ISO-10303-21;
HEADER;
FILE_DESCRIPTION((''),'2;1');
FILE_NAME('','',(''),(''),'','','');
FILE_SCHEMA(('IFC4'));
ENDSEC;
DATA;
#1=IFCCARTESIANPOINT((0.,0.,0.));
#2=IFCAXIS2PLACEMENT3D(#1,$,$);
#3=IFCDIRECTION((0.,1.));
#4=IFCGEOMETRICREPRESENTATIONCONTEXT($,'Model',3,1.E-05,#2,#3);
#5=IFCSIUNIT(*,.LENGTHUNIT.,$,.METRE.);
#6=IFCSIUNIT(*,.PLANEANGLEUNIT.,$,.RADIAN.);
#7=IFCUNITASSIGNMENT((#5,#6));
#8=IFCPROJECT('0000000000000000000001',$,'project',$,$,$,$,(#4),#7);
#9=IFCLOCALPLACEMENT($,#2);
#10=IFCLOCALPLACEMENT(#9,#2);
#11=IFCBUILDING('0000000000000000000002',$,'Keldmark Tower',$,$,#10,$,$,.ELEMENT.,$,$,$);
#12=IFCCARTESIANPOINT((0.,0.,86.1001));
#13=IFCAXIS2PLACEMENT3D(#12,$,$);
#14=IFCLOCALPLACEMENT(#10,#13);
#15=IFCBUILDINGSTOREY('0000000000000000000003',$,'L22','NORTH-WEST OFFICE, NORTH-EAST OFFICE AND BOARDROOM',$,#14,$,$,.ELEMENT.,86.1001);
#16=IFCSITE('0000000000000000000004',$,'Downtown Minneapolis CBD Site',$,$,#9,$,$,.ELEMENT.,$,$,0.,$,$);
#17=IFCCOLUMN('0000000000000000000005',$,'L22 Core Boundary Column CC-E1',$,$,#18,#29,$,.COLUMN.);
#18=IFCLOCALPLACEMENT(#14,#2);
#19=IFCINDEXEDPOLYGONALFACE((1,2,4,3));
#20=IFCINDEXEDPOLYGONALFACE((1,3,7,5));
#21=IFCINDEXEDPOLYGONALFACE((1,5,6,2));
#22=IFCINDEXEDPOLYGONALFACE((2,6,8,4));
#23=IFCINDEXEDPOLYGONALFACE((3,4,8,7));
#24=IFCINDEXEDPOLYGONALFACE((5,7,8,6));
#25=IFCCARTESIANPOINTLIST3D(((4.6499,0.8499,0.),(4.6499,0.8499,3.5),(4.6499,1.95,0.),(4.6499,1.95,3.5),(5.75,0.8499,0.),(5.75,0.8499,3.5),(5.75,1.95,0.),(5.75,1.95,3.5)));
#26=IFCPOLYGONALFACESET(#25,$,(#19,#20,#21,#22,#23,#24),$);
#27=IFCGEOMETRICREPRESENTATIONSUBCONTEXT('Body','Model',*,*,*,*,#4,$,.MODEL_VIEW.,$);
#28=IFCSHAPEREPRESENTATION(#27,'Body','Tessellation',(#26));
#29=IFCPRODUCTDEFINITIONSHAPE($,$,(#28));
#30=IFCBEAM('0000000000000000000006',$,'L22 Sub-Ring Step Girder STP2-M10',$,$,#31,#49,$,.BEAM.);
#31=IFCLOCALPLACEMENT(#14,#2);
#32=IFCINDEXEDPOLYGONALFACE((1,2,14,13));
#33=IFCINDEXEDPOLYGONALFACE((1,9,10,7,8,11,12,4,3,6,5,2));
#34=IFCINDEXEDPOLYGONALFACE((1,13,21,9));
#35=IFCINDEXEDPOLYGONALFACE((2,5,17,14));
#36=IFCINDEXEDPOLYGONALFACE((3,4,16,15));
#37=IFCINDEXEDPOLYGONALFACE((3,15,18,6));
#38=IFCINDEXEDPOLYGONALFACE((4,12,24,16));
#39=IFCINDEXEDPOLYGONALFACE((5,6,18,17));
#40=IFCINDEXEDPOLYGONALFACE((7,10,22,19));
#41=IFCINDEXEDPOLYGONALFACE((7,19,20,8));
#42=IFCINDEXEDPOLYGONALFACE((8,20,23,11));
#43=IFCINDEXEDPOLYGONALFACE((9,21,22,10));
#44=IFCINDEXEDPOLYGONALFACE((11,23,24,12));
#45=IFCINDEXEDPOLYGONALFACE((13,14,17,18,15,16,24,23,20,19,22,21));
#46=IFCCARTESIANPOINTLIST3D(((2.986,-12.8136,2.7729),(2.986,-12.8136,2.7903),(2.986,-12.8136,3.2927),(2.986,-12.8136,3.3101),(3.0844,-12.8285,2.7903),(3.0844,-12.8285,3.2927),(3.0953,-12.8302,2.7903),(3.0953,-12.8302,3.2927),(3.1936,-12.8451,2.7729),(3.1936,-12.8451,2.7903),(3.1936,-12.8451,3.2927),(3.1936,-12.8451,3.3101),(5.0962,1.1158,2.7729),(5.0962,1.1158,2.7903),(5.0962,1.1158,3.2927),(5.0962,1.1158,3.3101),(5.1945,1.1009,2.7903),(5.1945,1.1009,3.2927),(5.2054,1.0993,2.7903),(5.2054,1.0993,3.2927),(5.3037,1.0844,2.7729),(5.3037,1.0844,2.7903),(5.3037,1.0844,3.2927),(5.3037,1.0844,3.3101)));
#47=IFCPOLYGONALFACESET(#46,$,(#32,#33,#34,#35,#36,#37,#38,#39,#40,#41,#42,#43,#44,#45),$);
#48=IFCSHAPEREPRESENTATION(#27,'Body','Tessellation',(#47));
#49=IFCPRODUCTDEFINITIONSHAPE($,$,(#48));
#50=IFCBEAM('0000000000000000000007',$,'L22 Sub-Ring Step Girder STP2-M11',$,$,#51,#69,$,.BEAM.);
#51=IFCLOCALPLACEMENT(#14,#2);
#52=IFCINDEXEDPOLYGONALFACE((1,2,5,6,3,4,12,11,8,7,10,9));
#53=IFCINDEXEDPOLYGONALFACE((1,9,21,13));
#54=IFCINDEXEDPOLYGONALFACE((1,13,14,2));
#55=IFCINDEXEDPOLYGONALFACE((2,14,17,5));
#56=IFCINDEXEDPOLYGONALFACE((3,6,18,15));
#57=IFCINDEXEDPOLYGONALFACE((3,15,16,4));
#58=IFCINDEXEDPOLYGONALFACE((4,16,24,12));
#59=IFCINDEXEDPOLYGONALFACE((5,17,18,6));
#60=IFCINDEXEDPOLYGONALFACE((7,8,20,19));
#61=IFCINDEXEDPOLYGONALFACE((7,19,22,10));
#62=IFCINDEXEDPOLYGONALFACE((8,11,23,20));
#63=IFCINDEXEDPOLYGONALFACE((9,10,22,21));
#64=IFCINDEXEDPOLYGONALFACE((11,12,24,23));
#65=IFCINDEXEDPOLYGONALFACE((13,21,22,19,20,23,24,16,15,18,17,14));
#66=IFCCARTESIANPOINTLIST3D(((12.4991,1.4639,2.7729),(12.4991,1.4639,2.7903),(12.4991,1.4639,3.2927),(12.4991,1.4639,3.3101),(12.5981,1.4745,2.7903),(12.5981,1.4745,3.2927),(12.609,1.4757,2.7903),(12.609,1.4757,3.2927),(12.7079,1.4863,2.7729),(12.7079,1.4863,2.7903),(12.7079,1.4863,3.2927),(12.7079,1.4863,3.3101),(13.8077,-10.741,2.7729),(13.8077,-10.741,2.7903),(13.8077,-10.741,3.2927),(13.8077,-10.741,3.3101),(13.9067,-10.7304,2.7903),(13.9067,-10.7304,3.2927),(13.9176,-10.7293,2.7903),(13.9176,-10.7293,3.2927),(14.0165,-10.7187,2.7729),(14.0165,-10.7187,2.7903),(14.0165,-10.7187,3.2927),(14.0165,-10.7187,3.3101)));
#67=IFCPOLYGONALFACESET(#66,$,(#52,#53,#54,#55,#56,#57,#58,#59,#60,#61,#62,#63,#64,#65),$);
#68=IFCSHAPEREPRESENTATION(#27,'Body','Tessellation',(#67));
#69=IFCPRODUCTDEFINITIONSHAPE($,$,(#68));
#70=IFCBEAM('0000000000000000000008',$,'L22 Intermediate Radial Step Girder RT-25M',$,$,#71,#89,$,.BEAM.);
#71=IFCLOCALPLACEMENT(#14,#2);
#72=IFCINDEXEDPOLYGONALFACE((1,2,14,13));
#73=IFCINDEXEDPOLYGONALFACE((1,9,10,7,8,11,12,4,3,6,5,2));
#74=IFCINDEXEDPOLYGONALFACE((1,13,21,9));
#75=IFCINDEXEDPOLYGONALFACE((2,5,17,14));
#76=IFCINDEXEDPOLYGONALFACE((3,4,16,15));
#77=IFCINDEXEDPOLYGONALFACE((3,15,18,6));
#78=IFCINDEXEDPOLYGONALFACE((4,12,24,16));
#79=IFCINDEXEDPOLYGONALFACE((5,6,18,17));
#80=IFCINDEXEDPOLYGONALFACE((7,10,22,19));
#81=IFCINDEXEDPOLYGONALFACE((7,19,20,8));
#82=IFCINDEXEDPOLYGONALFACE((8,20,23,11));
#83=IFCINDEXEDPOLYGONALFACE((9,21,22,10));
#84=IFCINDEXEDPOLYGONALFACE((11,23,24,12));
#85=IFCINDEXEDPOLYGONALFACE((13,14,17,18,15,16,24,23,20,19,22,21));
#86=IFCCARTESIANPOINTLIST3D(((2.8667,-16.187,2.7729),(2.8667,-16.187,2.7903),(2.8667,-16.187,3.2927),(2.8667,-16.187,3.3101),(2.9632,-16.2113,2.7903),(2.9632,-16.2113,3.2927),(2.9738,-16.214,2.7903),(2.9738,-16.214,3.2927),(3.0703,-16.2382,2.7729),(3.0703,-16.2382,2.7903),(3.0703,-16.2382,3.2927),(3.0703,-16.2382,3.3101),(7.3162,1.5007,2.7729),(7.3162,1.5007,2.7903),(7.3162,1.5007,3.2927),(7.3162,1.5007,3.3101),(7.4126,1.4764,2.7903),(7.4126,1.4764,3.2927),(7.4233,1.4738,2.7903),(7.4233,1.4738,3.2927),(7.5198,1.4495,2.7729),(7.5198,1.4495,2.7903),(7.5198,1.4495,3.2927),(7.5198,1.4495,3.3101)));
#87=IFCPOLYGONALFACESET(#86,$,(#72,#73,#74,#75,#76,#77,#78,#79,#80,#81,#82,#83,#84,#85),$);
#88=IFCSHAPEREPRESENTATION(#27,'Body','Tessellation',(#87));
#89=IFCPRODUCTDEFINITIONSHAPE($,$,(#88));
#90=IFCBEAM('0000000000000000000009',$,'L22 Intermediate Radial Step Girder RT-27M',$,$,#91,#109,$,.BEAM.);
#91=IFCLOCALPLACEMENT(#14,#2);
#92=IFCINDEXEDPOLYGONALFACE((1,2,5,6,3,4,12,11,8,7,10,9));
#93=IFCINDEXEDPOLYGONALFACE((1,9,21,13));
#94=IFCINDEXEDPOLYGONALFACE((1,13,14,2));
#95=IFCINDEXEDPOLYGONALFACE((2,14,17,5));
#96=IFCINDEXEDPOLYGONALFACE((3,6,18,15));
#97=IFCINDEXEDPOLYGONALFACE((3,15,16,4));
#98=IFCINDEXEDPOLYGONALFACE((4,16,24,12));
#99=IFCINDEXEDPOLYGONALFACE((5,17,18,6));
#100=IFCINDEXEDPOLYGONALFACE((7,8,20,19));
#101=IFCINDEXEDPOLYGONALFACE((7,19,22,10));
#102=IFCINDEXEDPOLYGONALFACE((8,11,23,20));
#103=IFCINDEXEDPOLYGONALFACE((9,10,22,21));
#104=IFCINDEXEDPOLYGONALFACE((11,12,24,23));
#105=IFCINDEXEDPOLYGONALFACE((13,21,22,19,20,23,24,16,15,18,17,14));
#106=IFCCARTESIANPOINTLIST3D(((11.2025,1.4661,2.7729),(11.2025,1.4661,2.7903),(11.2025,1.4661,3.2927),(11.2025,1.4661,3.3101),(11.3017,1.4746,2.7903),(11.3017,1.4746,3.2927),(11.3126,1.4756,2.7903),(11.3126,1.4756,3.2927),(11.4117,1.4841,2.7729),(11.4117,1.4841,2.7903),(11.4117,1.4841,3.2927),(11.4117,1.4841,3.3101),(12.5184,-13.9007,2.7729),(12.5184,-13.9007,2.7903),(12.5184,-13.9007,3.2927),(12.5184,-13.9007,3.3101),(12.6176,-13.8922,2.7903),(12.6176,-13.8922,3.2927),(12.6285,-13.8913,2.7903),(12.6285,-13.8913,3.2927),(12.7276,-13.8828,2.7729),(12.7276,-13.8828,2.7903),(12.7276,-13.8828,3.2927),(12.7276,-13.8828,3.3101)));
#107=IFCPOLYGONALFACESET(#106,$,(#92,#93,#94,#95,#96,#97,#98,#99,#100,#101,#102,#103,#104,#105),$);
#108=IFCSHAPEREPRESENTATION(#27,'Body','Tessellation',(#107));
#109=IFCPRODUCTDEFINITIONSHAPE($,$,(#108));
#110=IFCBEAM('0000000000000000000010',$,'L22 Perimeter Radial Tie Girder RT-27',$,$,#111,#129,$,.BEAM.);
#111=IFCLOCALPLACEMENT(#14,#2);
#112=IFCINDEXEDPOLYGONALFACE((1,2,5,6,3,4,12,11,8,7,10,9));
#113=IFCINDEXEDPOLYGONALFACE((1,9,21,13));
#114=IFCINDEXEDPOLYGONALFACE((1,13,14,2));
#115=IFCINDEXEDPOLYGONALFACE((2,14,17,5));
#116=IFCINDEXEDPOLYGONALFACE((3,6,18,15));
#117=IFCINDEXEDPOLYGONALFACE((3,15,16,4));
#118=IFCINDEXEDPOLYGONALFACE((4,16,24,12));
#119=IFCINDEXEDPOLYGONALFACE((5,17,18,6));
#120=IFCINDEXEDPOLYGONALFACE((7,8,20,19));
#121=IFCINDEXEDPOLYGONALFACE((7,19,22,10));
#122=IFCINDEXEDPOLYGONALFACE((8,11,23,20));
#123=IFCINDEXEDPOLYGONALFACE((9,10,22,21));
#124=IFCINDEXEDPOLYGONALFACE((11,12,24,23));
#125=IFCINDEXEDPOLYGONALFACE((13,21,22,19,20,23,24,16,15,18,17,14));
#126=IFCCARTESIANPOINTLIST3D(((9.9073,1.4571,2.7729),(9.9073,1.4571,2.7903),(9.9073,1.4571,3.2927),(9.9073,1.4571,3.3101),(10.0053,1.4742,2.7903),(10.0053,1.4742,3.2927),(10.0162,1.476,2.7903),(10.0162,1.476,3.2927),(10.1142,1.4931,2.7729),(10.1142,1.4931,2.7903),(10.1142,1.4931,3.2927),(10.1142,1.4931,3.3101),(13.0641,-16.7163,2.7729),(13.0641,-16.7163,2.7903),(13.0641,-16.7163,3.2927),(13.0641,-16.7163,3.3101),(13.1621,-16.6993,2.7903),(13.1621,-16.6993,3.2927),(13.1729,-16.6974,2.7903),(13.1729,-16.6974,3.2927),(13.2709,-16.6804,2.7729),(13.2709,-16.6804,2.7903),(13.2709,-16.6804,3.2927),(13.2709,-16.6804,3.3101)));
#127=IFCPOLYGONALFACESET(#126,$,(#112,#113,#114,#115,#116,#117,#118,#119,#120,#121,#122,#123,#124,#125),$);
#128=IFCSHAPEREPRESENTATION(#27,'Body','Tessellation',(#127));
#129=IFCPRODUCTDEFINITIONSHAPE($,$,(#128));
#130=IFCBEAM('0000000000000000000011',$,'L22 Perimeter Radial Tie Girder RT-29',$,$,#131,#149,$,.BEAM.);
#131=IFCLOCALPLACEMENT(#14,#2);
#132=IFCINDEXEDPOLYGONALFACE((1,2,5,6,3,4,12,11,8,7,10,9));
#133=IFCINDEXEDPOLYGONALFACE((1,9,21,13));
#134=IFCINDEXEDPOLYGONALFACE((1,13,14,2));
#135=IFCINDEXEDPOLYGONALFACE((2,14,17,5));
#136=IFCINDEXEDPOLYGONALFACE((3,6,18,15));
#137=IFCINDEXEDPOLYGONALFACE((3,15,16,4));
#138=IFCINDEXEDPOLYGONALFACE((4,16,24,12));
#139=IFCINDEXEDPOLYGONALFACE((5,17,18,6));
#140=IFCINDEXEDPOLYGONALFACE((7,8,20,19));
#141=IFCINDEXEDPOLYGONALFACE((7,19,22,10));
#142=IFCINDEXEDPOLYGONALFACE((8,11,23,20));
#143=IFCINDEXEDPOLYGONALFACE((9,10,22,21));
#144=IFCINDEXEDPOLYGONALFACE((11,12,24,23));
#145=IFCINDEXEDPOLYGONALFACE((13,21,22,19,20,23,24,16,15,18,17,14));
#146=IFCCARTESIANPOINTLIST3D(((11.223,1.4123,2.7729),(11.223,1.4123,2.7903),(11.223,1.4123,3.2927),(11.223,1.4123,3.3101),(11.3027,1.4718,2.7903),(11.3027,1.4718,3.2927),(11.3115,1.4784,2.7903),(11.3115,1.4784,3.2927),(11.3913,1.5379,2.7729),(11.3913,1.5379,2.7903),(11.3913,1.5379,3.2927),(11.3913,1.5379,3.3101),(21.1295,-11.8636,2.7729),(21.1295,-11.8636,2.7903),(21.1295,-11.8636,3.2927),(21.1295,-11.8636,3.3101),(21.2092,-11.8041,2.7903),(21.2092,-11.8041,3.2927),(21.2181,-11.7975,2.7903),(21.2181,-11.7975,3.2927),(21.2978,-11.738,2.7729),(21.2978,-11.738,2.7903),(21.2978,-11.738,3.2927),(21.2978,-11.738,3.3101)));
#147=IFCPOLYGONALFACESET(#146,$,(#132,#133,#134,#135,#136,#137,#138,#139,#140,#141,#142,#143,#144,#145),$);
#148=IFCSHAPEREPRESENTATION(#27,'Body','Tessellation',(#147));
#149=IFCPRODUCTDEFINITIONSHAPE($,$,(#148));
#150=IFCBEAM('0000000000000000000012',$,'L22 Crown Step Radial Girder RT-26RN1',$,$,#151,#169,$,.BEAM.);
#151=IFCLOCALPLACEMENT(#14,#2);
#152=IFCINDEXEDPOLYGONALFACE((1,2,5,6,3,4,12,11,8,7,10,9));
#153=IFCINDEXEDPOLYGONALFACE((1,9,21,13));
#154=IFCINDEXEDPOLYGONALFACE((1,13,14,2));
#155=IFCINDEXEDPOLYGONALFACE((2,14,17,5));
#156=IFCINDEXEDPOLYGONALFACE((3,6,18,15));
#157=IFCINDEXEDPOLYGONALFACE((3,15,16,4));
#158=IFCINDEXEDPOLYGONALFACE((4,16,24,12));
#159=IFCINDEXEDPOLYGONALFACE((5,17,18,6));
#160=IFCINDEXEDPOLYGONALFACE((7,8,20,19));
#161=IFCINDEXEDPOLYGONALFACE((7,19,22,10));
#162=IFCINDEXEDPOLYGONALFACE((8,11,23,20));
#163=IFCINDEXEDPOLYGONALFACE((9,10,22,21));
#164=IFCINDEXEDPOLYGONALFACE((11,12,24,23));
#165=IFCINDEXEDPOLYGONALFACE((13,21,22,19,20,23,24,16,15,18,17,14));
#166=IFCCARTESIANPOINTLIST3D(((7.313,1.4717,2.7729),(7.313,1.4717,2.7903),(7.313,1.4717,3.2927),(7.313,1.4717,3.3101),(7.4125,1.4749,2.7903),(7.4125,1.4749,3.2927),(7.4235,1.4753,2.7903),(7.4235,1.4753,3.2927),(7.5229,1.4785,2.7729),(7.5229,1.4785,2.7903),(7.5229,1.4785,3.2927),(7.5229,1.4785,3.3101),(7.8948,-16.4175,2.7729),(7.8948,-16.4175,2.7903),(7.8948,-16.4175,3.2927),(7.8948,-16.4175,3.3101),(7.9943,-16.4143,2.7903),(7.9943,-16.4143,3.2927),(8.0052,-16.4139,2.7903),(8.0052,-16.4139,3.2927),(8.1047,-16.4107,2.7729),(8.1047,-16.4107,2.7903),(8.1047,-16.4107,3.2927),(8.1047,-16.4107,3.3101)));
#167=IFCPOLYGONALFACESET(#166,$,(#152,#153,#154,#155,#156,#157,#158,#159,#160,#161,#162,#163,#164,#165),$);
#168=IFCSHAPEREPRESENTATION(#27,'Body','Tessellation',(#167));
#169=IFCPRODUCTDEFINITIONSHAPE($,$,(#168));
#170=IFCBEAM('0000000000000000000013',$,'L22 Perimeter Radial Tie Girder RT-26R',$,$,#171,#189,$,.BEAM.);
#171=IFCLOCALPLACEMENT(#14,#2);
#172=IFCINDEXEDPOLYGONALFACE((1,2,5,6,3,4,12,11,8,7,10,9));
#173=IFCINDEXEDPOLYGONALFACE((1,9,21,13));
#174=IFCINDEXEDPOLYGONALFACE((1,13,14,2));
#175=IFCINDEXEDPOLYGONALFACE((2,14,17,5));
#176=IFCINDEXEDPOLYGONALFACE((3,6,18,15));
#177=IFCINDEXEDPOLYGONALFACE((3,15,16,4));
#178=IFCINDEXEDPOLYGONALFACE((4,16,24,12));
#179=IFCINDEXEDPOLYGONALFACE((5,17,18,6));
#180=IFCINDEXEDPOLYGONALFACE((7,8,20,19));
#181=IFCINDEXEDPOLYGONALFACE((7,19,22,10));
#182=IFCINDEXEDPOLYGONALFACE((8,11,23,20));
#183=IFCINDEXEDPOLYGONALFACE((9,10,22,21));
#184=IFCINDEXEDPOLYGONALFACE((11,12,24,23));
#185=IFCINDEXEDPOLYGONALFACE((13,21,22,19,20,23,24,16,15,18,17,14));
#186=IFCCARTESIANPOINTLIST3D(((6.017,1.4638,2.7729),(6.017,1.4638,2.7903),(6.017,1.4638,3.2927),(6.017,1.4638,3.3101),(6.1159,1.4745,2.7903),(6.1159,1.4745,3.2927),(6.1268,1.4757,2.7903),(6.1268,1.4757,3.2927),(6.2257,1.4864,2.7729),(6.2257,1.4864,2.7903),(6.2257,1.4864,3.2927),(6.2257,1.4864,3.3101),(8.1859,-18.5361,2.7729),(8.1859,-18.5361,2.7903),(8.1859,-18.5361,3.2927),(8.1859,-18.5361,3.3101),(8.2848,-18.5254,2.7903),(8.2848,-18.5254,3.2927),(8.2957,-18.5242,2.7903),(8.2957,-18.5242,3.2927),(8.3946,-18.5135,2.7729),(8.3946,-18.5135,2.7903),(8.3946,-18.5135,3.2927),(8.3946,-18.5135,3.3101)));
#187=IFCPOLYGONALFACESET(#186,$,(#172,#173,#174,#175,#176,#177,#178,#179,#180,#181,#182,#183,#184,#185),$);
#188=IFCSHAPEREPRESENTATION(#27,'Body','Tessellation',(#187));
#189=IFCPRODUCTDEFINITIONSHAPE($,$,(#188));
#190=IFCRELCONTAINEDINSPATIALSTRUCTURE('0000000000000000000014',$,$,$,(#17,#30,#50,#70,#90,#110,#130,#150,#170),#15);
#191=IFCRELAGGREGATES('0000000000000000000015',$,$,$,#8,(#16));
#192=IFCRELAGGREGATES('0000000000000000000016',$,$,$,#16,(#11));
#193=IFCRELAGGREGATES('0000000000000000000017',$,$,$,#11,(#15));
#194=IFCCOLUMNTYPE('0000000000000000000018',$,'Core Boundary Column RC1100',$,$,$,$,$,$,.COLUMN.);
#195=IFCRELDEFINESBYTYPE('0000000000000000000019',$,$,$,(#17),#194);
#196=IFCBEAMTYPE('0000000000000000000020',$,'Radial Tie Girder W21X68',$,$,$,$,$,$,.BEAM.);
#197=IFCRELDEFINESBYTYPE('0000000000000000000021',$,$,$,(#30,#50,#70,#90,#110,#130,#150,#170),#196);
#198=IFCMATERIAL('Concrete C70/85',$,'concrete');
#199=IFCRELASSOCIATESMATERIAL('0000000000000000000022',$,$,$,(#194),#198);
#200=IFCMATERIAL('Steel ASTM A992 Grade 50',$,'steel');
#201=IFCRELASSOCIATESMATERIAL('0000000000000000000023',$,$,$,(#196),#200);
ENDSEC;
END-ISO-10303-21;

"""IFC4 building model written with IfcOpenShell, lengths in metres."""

from ifc_helpers import new_model, si_unit, direction, frame, origin, origin_2d, place, context, subcontext, project, spatial, rectangle, i_section, extrude, material, material_profile, profile_set, type_object, element, save


model = new_model("IFC4")

# Units and contexts
model_context = context("Model", 3, precision=1e-05, world=origin(), true_north=direction((0.0, 1.0)))
body_context = subcontext(model_context, "Body", "Model", "MODEL_VIEW")
ifc_project = project(units=[si_unit("LENGTHUNIT", "METRE"), si_unit("PLANEANGLEUNIT", "RADIAN")], contexts=[model_context])

# Site, building, storey
site_placement = place(None, origin())
site = spatial("IfcSite", under=ifc_project, at=site_placement, Name="Downtown Minneapolis CBD Site", CompositionType="ELEMENT", RefElevation=0.0)
building_placement = place(site_placement, origin())
building = spatial("IfcBuilding", under=site, at=building_placement, Name="Keldmark Tower", CompositionType="ELEMENT")
storey_placement = place(building_placement, frame((0.0, 0.0, 86.1001)))
storey = spatial("IfcBuildingStorey", under=building, at=storey_placement, Name="L22", Description="NORTH-WEST OFFICE, NORTH-EAST OFFICE AND BOARDROOM", CompositionType="ELEMENT", Elevation=86.1001)

# Column
ifc_material_1 = material(Name="Concrete C70/85", Category="concrete")
ifc_material_profile_1 = material_profile(ifc_material_1, rectangle(XDim=1.1001, YDim=1.1001, at=origin_2d()), Name="RC1100X1100")
ifc_profile_set_1 = profile_set([ifc_material_profile_1], Name="Concrete C70/85")
column_type = type_object("IfcColumnType", Name="Core Boundary Column RC1100", PredefinedType="COLUMN", material=ifc_profile_set_1)
column_placement = place(storey_placement, frame((5.2, 1.3999, 0.0), z_axis=(0.0, 0.0, 1.0), x_axis=(1.0, 0.0, 0.0)))
element("IfcColumn", 1, at=column_placement, inside=storey, type_object=column_type, Name="L22 Core Boundary Column CC-E1", PredefinedType="COLUMN", context=body_context, shape_type="SweptSolid", body=[
    extrude(rectangle(XDim=1.1001, YDim=1.1001, at=origin_2d()), origin(), (0.0, 0.0, 1.0), 3.5),
])

# Beams
ifc_material_2 = material(Name="Steel ASTM A992 Grade 50", Category="steel")
ifc_material_profile_2 = material_profile(ifc_material_2, i_section(OverallWidth=0.21, OverallDepth=0.5371, WebThickness=0.011, FlangeThickness=0.0173, at=origin_2d()), Name="W21X68")
ifc_profile_set_2 = profile_set([ifc_material_profile_2], Name="Steel ASTM A992 Grade 50")
beam_type = type_object("IfcBeamType", Name="Radial Tie Girder W21X68", PredefinedType="BEAM", material=ifc_profile_set_2)
beam_1_placement = place(storey_placement, frame((5.2, 1.1001, 3.0415), z_axis=(-0.149777, -0.98872, 0.0), x_axis=(0.98872, -0.149777, 0.0)))
element("IfcBeam", 2, at=beam_1_placement, inside=storey, type_object=beam_type, Name="L22 Sub-Ring Step Girder STP2-M10", PredefinedType="BEAM", context=body_context, shape_type="SweptSolid", body=[
    extrude(i_section(OverallWidth=0.21, OverallDepth=0.5371, WebThickness=0.011, FlangeThickness=0.0173, at=origin_2d()), origin(), (0.0, 0.0, 1.0), 14.0884),
])
beam_2_placement = place(storey_placement, frame((12.6035, 1.4751, 3.0415), z_axis=(0.106608, -0.994301, 0.0), x_axis=(0.994301, 0.106608, 0.0)))
element("IfcBeam", 3, at=beam_2_placement, inside=storey, type_object=beam_type, Name="L22 Sub-Ring Step Girder STP2-M11", PredefinedType="BEAM", context=body_context, shape_type="SweptSolid", body=[
    extrude(i_section(OverallWidth=0.21, OverallDepth=0.5371, WebThickness=0.011, FlangeThickness=0.0173, at=origin_2d()), origin(), (0.0, 0.0, 1.0), 12.2749),
])
beam_3_placement = place(storey_placement, frame((7.418, 1.4751, 3.0415), z_axis=(-0.243956, -0.969786, 0.0), x_axis=(0.969786, -0.243956, 0.0)))
element("IfcBeam", 4, at=beam_3_placement, inside=storey, type_object=beam_type, Name="L22 Intermediate Radial Step Girder RT-25M", PredefinedType="BEAM", context=body_context, shape_type="SweptSolid", body=[
    extrude(i_section(OverallWidth=0.21, OverallDepth=0.5371, WebThickness=0.011, FlangeThickness=0.0173, at=origin_2d()), origin(), (0.0, 0.0, 1.0), 18.2388),
])
beam_4_placement = place(storey_placement, frame((11.3071, 1.4751, 3.0415), z_axis=(0.085321, -0.996354, 0.0), x_axis=(0.996354, 0.085321, 0.0)))
element("IfcBeam", 5, at=beam_4_placement, inside=storey, type_object=beam_type, Name="L22 Intermediate Radial Step Girder RT-27M", PredefinedType="BEAM", context=body_context, shape_type="SweptSolid", body=[
    extrude(i_section(OverallWidth=0.21, OverallDepth=0.5371, WebThickness=0.011, FlangeThickness=0.0173, at=origin_2d()), origin(), (0.0, 0.0, 1.0), 15.4231),
])
beam_5_placement = place(storey_placement, frame((10.0107, 1.4751, 3.0415), z_axis=(0.171139, -0.985247, 0.0), x_axis=(0.985247, 0.171139, 0.0)))
element("IfcBeam", 6, at=beam_5_placement, inside=storey, type_object=beam_type, Name="L22 Perimeter Radial Tie Girder RT-27", PredefinedType="BEAM", context=body_context, shape_type="SweptSolid", body=[
    extrude(i_section(OverallWidth=0.21, OverallDepth=0.5371, WebThickness=0.011, FlangeThickness=0.0173, at=origin_2d()), origin(), (0.0, 0.0, 1.0), 18.4456),
])
beam_6_placement = place(storey_placement, frame((11.3071, 1.4751, 3.0415), z_axis=(0.59805, -0.801459, 0.0), x_axis=(0.801459, 0.59805, 0.0)))
element("IfcBeam", 7, at=beam_6_placement, inside=storey, type_object=beam_type, Name="L22 Perimeter Radial Tie Girder RT-29", PredefinedType="BEAM", context=body_context, shape_type="SweptSolid", body=[
    extrude(i_section(OverallWidth=0.21, OverallDepth=0.5371, WebThickness=0.011, FlangeThickness=0.0173, at=origin_2d()), origin(), (0.0, 0.0, 1.0), 16.5647),
])
beam_7_placement = place(storey_placement, frame((7.418, 1.4751, 3.0415), z_axis=(0.032505, -0.999472, 0.0), x_axis=(0.999472, 0.032505, 0.0)))
element("IfcBeam", 8, at=beam_7_placement, inside=storey, type_object=beam_type, Name="L22 Crown Step Radial Girder RT-26RN1", PredefinedType="BEAM", context=body_context, shape_type="SweptSolid", body=[
    extrude(i_section(OverallWidth=0.21, OverallDepth=0.5371, WebThickness=0.011, FlangeThickness=0.0173, at=origin_2d()), origin(), (0.0, 0.0, 1.0), 17.8987),
])
beam_8_placement = place(storey_placement, frame((6.1213, 1.4751, 3.0415), z_axis=(0.107815, -0.994171, 0.0), x_axis=(0.994171, 0.107815, 0.0)))
element("IfcBeam", 9, at=beam_8_placement, inside=storey, type_object=beam_type, Name="L22 Perimeter Radial Tie Girder RT-26R", PredefinedType="BEAM", context=body_context, shape_type="SweptSolid", body=[
    extrude(i_section(OverallWidth=0.21, OverallDepth=0.5371, WebThickness=0.011, FlangeThickness=0.0173, at=origin_2d()), origin(), (0.0, 0.0, 1.0), 20.1172),
])

save(model, "model.ifc")
